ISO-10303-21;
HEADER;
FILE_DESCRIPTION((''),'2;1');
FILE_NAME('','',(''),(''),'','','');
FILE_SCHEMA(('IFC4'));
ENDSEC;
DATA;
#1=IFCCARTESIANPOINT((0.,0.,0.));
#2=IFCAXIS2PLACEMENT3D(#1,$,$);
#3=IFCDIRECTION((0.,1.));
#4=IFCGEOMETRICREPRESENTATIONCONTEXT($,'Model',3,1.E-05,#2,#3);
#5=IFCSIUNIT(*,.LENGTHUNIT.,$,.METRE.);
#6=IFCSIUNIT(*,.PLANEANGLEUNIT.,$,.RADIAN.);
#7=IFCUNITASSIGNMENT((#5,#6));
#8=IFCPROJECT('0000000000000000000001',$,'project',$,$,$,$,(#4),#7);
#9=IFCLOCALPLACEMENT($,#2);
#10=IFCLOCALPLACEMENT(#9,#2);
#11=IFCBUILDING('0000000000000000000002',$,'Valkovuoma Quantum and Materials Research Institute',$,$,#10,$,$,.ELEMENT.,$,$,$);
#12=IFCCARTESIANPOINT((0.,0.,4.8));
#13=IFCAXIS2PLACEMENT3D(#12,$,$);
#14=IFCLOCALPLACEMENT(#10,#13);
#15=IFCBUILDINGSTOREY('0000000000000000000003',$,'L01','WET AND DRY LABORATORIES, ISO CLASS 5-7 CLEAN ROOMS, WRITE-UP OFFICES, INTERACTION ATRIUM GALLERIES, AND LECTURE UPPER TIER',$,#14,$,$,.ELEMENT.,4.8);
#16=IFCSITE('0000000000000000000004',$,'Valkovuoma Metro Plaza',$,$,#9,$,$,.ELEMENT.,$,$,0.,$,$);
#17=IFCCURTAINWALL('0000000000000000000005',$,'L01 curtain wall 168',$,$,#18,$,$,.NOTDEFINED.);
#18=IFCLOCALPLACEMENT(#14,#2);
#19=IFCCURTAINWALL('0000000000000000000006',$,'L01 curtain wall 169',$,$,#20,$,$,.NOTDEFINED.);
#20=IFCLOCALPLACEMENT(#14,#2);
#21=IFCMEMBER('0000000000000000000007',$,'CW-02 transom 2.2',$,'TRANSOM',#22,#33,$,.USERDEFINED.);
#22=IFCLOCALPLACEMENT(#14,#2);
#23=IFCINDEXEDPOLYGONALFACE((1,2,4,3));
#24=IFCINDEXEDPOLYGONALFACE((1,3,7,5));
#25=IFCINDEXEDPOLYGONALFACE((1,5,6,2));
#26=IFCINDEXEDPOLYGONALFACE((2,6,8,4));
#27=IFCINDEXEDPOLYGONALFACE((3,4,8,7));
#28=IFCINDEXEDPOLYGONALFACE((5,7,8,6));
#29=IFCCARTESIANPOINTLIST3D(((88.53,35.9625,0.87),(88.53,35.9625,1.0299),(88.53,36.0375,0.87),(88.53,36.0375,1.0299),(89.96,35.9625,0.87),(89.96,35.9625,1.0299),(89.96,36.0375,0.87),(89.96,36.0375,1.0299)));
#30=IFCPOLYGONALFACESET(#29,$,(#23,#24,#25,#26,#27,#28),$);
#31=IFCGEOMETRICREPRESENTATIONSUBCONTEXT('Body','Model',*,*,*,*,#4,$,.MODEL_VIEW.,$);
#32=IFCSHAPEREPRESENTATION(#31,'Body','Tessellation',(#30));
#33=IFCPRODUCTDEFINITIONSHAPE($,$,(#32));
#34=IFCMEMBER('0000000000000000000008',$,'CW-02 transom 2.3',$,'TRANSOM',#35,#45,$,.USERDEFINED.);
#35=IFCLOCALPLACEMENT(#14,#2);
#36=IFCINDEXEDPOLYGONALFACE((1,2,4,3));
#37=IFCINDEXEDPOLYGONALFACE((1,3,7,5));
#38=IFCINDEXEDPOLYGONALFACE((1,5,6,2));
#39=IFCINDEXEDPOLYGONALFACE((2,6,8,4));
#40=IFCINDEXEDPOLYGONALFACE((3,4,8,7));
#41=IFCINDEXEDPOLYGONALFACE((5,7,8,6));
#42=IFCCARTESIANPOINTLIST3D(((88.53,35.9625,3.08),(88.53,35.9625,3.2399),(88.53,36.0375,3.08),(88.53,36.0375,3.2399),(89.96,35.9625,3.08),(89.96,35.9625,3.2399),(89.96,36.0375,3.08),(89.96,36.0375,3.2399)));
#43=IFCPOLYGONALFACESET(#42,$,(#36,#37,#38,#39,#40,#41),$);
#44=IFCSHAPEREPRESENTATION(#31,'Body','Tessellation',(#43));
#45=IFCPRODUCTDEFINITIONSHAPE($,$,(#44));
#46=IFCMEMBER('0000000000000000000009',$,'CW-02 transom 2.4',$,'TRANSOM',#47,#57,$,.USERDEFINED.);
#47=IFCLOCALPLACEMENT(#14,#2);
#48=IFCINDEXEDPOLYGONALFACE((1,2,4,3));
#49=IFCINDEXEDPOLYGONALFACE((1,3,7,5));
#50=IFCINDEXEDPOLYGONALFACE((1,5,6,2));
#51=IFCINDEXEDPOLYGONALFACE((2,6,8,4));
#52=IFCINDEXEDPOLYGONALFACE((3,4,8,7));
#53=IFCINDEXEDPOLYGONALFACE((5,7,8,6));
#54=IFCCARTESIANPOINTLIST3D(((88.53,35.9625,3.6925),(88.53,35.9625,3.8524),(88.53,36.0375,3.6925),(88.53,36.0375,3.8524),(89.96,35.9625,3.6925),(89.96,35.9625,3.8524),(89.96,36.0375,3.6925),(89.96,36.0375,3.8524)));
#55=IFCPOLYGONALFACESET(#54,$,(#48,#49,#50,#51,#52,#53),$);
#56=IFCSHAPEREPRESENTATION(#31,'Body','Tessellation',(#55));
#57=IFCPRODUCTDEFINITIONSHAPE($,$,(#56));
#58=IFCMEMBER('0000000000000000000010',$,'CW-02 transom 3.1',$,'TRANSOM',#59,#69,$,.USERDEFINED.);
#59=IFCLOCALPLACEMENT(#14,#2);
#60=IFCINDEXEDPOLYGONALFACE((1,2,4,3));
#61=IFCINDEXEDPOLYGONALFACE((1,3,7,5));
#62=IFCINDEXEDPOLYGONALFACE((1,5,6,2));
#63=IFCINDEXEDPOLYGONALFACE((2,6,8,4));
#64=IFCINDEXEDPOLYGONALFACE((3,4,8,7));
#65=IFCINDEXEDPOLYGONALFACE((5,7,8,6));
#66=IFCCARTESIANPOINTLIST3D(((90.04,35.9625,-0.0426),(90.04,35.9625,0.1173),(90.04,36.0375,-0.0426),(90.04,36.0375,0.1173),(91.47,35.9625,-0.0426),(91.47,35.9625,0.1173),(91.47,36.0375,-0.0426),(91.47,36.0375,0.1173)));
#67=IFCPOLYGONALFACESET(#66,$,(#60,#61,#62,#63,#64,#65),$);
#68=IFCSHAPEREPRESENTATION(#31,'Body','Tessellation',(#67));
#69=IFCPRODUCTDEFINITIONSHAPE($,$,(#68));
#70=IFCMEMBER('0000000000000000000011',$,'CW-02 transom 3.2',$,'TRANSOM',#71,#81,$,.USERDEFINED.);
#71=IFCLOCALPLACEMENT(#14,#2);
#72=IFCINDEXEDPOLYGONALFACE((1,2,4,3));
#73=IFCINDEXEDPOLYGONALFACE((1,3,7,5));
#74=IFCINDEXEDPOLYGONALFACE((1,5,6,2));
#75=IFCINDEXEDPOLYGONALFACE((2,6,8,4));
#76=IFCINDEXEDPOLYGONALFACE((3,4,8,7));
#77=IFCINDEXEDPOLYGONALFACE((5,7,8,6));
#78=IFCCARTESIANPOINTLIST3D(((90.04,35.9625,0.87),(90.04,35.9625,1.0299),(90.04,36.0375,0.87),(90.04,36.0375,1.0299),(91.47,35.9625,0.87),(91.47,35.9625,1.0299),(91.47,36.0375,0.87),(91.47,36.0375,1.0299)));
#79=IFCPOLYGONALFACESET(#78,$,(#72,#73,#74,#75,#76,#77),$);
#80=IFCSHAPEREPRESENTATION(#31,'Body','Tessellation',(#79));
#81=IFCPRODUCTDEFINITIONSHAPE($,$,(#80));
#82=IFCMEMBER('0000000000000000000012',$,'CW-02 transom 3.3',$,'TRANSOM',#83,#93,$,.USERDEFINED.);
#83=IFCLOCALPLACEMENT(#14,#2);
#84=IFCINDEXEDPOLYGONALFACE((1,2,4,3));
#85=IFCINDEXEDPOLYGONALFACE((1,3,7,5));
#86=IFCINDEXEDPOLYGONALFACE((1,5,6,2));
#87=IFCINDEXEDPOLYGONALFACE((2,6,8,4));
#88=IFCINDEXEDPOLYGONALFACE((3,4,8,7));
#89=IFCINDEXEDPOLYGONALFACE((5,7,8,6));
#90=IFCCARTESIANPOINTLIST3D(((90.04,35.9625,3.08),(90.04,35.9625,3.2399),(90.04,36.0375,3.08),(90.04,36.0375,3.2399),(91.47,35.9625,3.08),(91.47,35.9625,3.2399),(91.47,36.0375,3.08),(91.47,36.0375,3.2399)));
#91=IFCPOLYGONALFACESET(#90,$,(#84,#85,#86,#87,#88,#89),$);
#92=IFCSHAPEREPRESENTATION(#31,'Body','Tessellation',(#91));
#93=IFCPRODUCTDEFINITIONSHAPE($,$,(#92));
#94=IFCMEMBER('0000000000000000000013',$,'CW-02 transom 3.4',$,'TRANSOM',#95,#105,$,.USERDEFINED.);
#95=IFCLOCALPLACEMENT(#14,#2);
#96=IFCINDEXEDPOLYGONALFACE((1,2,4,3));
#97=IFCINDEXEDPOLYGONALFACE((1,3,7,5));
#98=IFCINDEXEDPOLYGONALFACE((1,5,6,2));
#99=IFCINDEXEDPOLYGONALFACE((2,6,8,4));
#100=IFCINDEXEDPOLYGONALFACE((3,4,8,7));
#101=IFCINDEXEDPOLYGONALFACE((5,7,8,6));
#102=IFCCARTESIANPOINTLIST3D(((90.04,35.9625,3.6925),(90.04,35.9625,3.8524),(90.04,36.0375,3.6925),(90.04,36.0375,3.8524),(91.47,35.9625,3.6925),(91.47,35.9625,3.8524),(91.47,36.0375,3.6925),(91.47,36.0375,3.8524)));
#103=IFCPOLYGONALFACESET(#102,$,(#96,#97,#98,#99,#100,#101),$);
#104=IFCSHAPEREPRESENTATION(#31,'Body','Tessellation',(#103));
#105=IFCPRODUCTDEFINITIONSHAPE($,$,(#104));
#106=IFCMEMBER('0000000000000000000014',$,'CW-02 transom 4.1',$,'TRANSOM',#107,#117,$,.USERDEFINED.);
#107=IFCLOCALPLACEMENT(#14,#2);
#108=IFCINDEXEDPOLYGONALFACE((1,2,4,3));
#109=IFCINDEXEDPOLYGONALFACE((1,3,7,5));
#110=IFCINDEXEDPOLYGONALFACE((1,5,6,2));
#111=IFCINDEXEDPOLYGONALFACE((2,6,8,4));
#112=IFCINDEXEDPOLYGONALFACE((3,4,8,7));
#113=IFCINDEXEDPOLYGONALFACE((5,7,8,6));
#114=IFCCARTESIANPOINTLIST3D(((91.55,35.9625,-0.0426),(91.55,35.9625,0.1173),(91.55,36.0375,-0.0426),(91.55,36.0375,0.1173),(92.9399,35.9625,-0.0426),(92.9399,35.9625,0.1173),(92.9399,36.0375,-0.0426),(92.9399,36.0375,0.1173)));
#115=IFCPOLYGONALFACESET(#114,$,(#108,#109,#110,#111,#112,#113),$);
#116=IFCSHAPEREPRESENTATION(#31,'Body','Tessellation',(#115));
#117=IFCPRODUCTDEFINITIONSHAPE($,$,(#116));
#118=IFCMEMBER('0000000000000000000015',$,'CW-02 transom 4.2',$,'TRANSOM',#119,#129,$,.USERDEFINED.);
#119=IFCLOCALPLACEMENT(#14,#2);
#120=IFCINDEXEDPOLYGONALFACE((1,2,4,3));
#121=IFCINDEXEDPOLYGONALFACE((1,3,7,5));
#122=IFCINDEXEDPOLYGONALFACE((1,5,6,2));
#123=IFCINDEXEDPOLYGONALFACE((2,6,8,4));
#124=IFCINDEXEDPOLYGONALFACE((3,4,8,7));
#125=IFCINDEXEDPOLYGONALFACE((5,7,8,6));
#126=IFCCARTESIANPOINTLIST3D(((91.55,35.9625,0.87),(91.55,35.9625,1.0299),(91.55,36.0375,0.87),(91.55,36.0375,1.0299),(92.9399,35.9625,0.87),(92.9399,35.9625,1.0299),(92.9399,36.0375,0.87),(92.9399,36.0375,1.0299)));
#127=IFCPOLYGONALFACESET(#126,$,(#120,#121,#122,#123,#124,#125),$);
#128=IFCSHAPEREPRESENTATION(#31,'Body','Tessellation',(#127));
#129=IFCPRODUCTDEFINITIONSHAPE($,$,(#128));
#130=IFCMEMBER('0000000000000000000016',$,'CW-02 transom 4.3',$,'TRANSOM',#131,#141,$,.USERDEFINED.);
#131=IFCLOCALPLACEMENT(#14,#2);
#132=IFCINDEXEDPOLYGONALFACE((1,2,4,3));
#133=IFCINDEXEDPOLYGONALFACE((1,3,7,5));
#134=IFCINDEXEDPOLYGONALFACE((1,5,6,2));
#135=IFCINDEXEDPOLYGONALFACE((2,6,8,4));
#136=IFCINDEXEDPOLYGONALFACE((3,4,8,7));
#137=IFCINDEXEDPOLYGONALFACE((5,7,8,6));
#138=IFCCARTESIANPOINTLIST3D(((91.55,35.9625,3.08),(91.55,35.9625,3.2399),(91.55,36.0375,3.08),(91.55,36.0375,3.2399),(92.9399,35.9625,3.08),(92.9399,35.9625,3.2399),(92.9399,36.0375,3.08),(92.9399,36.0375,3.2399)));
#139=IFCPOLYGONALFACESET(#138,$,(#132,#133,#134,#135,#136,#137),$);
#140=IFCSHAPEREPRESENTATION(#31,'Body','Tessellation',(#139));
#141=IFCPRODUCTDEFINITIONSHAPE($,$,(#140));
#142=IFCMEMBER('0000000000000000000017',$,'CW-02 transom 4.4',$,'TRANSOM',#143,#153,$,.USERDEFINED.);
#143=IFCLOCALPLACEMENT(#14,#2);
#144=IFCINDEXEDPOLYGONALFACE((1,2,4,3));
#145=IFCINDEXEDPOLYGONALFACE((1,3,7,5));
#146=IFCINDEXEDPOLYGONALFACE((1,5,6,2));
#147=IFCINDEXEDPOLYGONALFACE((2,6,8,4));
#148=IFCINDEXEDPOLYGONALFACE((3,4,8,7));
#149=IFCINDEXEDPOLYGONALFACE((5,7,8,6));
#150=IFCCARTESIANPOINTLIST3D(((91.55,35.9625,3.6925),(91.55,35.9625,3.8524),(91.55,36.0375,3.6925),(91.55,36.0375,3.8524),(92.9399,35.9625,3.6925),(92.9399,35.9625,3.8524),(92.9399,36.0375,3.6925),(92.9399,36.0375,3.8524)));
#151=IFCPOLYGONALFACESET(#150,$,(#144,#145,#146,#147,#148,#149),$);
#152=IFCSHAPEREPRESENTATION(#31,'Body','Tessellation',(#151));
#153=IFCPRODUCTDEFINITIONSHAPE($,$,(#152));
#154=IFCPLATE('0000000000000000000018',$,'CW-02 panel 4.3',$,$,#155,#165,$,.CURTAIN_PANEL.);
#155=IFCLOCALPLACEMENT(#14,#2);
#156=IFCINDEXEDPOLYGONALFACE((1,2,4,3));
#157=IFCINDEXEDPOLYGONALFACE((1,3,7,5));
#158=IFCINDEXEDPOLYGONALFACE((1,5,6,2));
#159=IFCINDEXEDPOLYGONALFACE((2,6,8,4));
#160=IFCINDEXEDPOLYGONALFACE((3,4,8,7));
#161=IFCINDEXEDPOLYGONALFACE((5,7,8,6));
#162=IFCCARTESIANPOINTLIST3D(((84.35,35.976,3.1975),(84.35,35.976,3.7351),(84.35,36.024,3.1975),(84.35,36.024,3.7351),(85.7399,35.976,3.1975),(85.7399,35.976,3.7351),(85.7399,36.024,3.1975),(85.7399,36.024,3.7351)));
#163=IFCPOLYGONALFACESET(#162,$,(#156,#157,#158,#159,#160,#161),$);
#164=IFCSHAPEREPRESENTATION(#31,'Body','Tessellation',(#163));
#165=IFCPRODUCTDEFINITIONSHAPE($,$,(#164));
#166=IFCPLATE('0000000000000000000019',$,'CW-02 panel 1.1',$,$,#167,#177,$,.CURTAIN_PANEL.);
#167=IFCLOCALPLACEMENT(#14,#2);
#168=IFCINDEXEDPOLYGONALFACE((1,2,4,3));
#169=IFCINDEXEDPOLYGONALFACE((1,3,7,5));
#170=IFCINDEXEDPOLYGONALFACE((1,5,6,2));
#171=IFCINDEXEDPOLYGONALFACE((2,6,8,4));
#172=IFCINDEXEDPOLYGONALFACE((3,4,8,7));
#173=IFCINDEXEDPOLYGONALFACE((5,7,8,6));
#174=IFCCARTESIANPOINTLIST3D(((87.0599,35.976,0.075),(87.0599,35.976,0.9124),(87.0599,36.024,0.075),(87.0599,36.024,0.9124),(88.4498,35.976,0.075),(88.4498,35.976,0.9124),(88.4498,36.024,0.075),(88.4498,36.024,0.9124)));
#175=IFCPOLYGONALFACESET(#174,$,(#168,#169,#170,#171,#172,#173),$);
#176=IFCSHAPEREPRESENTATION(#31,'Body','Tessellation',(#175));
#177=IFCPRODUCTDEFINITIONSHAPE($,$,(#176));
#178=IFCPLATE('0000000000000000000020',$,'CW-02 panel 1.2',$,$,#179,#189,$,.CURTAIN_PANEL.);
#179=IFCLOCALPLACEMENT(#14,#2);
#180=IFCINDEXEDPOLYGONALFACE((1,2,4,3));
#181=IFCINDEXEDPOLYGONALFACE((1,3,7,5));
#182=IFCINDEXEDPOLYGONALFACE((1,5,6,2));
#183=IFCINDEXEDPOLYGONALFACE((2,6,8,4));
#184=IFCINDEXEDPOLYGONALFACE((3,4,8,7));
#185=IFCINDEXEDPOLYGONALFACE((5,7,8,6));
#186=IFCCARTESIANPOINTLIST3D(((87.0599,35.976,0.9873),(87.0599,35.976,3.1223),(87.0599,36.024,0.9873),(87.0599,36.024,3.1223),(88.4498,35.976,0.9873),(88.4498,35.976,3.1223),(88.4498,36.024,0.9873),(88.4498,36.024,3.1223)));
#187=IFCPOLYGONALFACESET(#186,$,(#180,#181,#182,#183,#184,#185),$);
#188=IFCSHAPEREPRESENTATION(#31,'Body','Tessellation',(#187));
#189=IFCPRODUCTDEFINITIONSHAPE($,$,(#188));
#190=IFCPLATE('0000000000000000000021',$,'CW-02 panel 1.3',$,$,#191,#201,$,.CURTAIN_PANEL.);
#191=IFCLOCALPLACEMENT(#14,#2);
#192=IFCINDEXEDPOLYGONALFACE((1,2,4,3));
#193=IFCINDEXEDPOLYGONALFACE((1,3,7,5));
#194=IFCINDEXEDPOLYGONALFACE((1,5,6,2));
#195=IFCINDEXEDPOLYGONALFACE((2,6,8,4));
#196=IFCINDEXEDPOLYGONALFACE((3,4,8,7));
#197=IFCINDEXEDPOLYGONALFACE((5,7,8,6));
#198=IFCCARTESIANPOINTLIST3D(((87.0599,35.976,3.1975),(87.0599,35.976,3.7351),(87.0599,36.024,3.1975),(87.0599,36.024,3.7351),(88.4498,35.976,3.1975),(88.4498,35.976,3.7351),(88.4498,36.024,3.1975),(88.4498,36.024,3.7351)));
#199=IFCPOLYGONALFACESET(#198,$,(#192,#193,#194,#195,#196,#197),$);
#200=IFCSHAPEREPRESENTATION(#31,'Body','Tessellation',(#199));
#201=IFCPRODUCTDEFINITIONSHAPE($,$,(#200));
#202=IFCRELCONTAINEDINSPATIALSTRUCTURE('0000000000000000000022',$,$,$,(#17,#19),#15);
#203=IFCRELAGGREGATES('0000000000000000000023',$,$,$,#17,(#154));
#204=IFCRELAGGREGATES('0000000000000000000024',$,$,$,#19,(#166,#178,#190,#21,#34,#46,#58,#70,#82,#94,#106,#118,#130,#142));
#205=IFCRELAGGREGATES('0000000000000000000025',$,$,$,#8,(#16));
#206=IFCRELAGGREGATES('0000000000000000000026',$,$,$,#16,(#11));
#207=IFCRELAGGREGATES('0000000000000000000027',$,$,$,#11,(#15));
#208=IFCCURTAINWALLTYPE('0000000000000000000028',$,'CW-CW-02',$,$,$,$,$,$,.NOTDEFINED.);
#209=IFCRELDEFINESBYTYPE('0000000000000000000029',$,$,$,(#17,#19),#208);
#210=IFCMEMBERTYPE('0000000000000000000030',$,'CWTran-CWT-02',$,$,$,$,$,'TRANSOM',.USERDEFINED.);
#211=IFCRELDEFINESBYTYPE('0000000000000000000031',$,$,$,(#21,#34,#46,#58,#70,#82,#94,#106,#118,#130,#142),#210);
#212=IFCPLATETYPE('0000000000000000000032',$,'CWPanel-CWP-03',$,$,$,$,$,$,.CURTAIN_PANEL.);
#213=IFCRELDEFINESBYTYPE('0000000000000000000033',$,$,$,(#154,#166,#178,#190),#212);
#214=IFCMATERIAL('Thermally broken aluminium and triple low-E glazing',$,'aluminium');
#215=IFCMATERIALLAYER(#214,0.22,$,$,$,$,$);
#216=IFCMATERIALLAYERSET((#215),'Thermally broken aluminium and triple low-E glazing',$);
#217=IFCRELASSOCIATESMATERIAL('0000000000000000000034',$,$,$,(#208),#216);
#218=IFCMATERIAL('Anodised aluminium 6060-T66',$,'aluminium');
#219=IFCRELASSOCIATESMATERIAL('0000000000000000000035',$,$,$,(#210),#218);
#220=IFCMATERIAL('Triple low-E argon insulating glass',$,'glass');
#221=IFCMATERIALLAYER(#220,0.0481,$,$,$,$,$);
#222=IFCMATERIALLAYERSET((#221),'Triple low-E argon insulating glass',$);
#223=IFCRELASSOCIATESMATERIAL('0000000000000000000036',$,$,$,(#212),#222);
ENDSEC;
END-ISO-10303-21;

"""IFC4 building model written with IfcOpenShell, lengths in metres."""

from ifc_helpers import new_model, si_unit, direction, frame, origin, origin_2d, place, context, subcontext, project, spatial, rectangle, extrude, material, layer, layer_set, material_profile, profile_set, type_object, element, aggregate, save


model = new_model("IFC4")

# Units and contexts
model_context = context("Model", 3, precision=1e-05, world=origin(), true_north=direction((0.0, 1.0)))
body_context = subcontext(model_context, "Body", "Model", "MODEL_VIEW")
ifc_project = project(units=[si_unit("LENGTHUNIT", "METRE"), si_unit("PLANEANGLEUNIT", "RADIAN")], contexts=[model_context])

# Site, building, storey
site_placement = place(None, origin())
site = spatial("IfcSite", under=ifc_project, at=site_placement, Name="Valkovuoma Metro Plaza", CompositionType="ELEMENT", RefElevation=0.0)
building_placement = place(site_placement, origin())
building = spatial("IfcBuilding", under=site, at=building_placement, Name="Valkovuoma Quantum and Materials Research Institute", CompositionType="ELEMENT")
storey_placement = place(building_placement, frame((0.0, 0.0, 4.8)))
storey = spatial("IfcBuildingStorey", under=building, at=storey_placement, Name="L01", Description="WET AND DRY LABORATORIES, ISO CLASS 5-7 CLEAN ROOMS, WRITE-UP OFFICES, INTERACTION ATRIUM GALLERIES, AND LECTURE UPPER TIER", CompositionType="ELEMENT", Elevation=4.8)

# Curtain wall
ifc_material_1 = material(Name="Thermally broken aluminium and triple low-E glazing", Category="aluminium")
ifc_layer_1 = layer(ifc_material_1, 0.22)
ifc_layer_set_1 = layer_set([ifc_layer_1], Name="Thermally broken aluminium and triple low-E glazing")
curtain_wall_type = type_object("IfcCurtainWallType", Name="CW-CW-02", PredefinedType="NOTDEFINED", material=ifc_layer_set_1)
curtain_wall_1_placement = place(storey_placement, origin())
curtain_wall_1 = element("IfcCurtainWall", 1, at=curtain_wall_1_placement, inside=storey, type_object=curtain_wall_type, Name="L01 curtain wall 168", PredefinedType="NOTDEFINED")

# Curtain wall, members
curtain_wall_2_placement = place(storey_placement, origin())
curtain_wall_2 = element("IfcCurtainWall", 2, at=curtain_wall_2_placement, inside=storey, type_object=curtain_wall_type, Name="L01 curtain wall 169", PredefinedType="NOTDEFINED")
ifc_material_2 = material(Name="Anodised aluminium 6060-T66", Category="aluminium")
ifc_material_profile_1 = material_profile(ifc_material_2, rectangle(XDim=0.075, YDim=0.1599, at=origin_2d()), Name="Anodised aluminium 6060-T66")
ifc_profile_set_1 = profile_set([ifc_material_profile_1], Name="Anodised aluminium 6060-T66")
member_type_1 = type_object("IfcMemberType", Name="CWTran-CWT-02", ElementType="TRANSOM", PredefinedType="USERDEFINED", material=ifc_profile_set_1)
member_1_placement = place(storey_placement, frame((88.53, 36.0, 0.95), z_axis=(1.0, 0.0, 0.0), x_axis=(0.0, 1.0, 0.0)))
member_1 = element("IfcMember", 3, at=member_1_placement, type_object=member_type_1, Name="CW-02 transom 2.2", ObjectType="TRANSOM", PredefinedType="USERDEFINED", context=body_context, shape_type="SweptSolid", body=[
    extrude(rectangle(XDim=0.075, YDim=0.1599, at=origin_2d()), origin(), (0.0, 0.0, 1.0), 1.4299),
])
member_2_placement = place(storey_placement, frame((88.53, 36.0, 3.1599), z_axis=(1.0, 0.0, 0.0), x_axis=(0.0, 1.0, 0.0)))
member_2 = element("IfcMember", 4, at=member_2_placement, type_object=member_type_1, Name="CW-02 transom 2.3", ObjectType="TRANSOM", PredefinedType="USERDEFINED", context=body_context, shape_type="SweptSolid", body=[
    extrude(rectangle(XDim=0.075, YDim=0.1599, at=origin_2d()), origin(), (0.0, 0.0, 1.0), 1.4299),
])
member_3_placement = place(storey_placement, frame((88.53, 36.0, 3.7725), z_axis=(1.0, 0.0, 0.0), x_axis=(0.0, 1.0, 0.0)))
member_3 = element("IfcMember", 5, at=member_3_placement, type_object=member_type_1, Name="CW-02 transom 2.4", ObjectType="TRANSOM", PredefinedType="USERDEFINED", context=body_context, shape_type="SweptSolid", body=[
    extrude(rectangle(XDim=0.075, YDim=0.1599, at=origin_2d()), origin(), (0.0, 0.0, 1.0), 1.4299),
])
member_4_placement = place(storey_placement, frame((90.04, 36.0, 0.0374), z_axis=(1.0, 0.0, 0.0), x_axis=(0.0, 1.0, 0.0)))
member_4 = element("IfcMember", 6, at=member_4_placement, type_object=member_type_1, Name="CW-02 transom 3.1", ObjectType="TRANSOM", PredefinedType="USERDEFINED", context=body_context, shape_type="SweptSolid", body=[
    extrude(rectangle(XDim=0.075, YDim=0.1599, at=origin_2d()), origin(), (0.0, 0.0, 1.0), 1.4299),
])
member_5_placement = place(storey_placement, frame((90.04, 36.0, 0.95), z_axis=(1.0, 0.0, 0.0), x_axis=(0.0, 1.0, 0.0)))
member_5 = element("IfcMember", 7, at=member_5_placement, type_object=member_type_1, Name="CW-02 transom 3.2", ObjectType="TRANSOM", PredefinedType="USERDEFINED", context=body_context, shape_type="SweptSolid", body=[
    extrude(rectangle(XDim=0.075, YDim=0.1599, at=origin_2d()), origin(), (0.0, 0.0, 1.0), 1.4299),
])
member_6_placement = place(storey_placement, frame((90.04, 36.0, 3.1599), z_axis=(1.0, 0.0, 0.0), x_axis=(0.0, 1.0, 0.0)))
member_6 = element("IfcMember", 8, at=member_6_placement, type_object=member_type_1, Name="CW-02 transom 3.3", ObjectType="TRANSOM", PredefinedType="USERDEFINED", context=body_context, shape_type="SweptSolid", body=[
    extrude(rectangle(XDim=0.075, YDim=0.1599, at=origin_2d()), origin(), (0.0, 0.0, 1.0), 1.4299),
])
member_7_placement = place(storey_placement, frame((90.04, 36.0, 3.7725), z_axis=(1.0, 0.0, 0.0), x_axis=(0.0, 1.0, 0.0)))
member_7 = element("IfcMember", 9, at=member_7_placement, type_object=member_type_1, Name="CW-02 transom 3.4", ObjectType="TRANSOM", PredefinedType="USERDEFINED", context=body_context, shape_type="SweptSolid", body=[
    extrude(rectangle(XDim=0.075, YDim=0.1599, at=origin_2d()), origin(), (0.0, 0.0, 1.0), 1.4299),
])
member_8_placement = place(storey_placement, frame((91.55, 36.0, 0.0374), z_axis=(1.0, 0.0, 0.0), x_axis=(0.0, 1.0, 0.0)))
member_8 = element("IfcMember", 10, at=member_8_placement, type_object=member_type_1, Name="CW-02 transom 4.1", ObjectType="TRANSOM", PredefinedType="USERDEFINED", context=body_context, shape_type="SweptSolid", body=[
    extrude(rectangle(XDim=0.075, YDim=0.1599, at=origin_2d()), origin(), (0.0, 0.0, 1.0), 1.3899),
])
member_9_placement = place(storey_placement, frame((91.55, 36.0, 0.95), z_axis=(1.0, 0.0, 0.0), x_axis=(0.0, 1.0, 0.0)))
member_9 = element("IfcMember", 11, at=member_9_placement, type_object=member_type_1, Name="CW-02 transom 4.2", ObjectType="TRANSOM", PredefinedType="USERDEFINED", context=body_context, shape_type="SweptSolid", body=[
    extrude(rectangle(XDim=0.075, YDim=0.1599, at=origin_2d()), origin(), (0.0, 0.0, 1.0), 1.3899),
])
member_10_placement = place(storey_placement, frame((91.55, 36.0, 3.1599), z_axis=(1.0, 0.0, 0.0), x_axis=(0.0, 1.0, 0.0)))
member_10 = element("IfcMember", 12, at=member_10_placement, type_object=member_type_1, Name="CW-02 transom 4.3", ObjectType="TRANSOM", PredefinedType="USERDEFINED", context=body_context, shape_type="SweptSolid", body=[
    extrude(rectangle(XDim=0.075, YDim=0.1599, at=origin_2d()), origin(), (0.0, 0.0, 1.0), 1.3899),
])
member_11_placement = place(storey_placement, frame((91.55, 36.0, 3.7725), z_axis=(1.0, 0.0, 0.0), x_axis=(0.0, 1.0, 0.0)))
member_11 = element("IfcMember", 13, at=member_11_placement, type_object=member_type_1, Name="CW-02 transom 4.4", ObjectType="TRANSOM", PredefinedType="USERDEFINED", context=body_context, shape_type="SweptSolid", body=[
    extrude(rectangle(XDim=0.075, YDim=0.1599, at=origin_2d()), origin(), (0.0, 0.0, 1.0), 1.3899),
])

# Plates
ifc_material_3 = material(Name="Triple low-E argon insulating glass", Category="glass")
ifc_layer_2 = layer(ifc_material_3, 0.0481)
ifc_layer_set_2 = layer_set([ifc_layer_2], Name="Triple low-E argon insulating glass")
plate_type = type_object("IfcPlateType", Name="CWPanel-CWP-03", PredefinedType="CURTAIN_PANEL", material=ifc_layer_set_2)
plate_1_placement = place(storey_placement, frame((85.0449, 36.0, 3.1975), z_axis=(0.0, 0.0, 1.0), x_axis=(1.0, 0.0, 0.0)))
plate_1 = element("IfcPlate", 14, at=plate_1_placement, type_object=plate_type, Name="CW-02 panel 4.3", PredefinedType="CURTAIN_PANEL", context=body_context, shape_type="SweptSolid", body=[
    extrude(rectangle(XDim=1.3899, YDim=0.0481, at=origin_2d()), origin(), (0.0, 0.0, 1.0), 0.5376),
])
aggregate(curtain_wall_1, [plate_1])
plate_2_placement = place(storey_placement, frame((87.7549, 36.0, 0.075), z_axis=(0.0, 0.0, 1.0), x_axis=(1.0, 0.0, 0.0)))
plate_2 = element("IfcPlate", 15, at=plate_2_placement, type_object=plate_type, Name="CW-02 panel 1.1", PredefinedType="CURTAIN_PANEL", context=body_context, shape_type="SweptSolid", body=[
    extrude(rectangle(XDim=1.3899, YDim=0.0481, at=origin_2d()), origin(), (0.0, 0.0, 1.0), 0.8374),
])
plate_3_placement = place(storey_placement, frame((87.7549, 36.0, 0.9873), z_axis=(0.0, 0.0, 1.0), x_axis=(1.0, 0.0, 0.0)))
plate_3 = element("IfcPlate", 16, at=plate_3_placement, type_object=plate_type, Name="CW-02 panel 1.2", PredefinedType="CURTAIN_PANEL", context=body_context, shape_type="SweptSolid", body=[
    extrude(rectangle(XDim=1.3899, YDim=0.0481, at=origin_2d()), origin(), (0.0, 0.0, 1.0), 2.135),
])
plate_4_placement = place(storey_placement, frame((87.7549, 36.0, 3.1975), z_axis=(0.0, 0.0, 1.0), x_axis=(1.0, 0.0, 0.0)))
plate_4 = element("IfcPlate", 17, at=plate_4_placement, type_object=plate_type, Name="CW-02 panel 1.3", PredefinedType="CURTAIN_PANEL", context=body_context, shape_type="SweptSolid", body=[
    extrude(rectangle(XDim=1.3899, YDim=0.0481, at=origin_2d()), origin(), (0.0, 0.0, 1.0), 0.5376),
])
aggregate(curtain_wall_2, [plate_2, plate_3, plate_4, member_1, member_2, member_3, member_4, member_5, member_6, member_7, member_8, member_9, member_10, member_11])

save(model, "model.ifc")
